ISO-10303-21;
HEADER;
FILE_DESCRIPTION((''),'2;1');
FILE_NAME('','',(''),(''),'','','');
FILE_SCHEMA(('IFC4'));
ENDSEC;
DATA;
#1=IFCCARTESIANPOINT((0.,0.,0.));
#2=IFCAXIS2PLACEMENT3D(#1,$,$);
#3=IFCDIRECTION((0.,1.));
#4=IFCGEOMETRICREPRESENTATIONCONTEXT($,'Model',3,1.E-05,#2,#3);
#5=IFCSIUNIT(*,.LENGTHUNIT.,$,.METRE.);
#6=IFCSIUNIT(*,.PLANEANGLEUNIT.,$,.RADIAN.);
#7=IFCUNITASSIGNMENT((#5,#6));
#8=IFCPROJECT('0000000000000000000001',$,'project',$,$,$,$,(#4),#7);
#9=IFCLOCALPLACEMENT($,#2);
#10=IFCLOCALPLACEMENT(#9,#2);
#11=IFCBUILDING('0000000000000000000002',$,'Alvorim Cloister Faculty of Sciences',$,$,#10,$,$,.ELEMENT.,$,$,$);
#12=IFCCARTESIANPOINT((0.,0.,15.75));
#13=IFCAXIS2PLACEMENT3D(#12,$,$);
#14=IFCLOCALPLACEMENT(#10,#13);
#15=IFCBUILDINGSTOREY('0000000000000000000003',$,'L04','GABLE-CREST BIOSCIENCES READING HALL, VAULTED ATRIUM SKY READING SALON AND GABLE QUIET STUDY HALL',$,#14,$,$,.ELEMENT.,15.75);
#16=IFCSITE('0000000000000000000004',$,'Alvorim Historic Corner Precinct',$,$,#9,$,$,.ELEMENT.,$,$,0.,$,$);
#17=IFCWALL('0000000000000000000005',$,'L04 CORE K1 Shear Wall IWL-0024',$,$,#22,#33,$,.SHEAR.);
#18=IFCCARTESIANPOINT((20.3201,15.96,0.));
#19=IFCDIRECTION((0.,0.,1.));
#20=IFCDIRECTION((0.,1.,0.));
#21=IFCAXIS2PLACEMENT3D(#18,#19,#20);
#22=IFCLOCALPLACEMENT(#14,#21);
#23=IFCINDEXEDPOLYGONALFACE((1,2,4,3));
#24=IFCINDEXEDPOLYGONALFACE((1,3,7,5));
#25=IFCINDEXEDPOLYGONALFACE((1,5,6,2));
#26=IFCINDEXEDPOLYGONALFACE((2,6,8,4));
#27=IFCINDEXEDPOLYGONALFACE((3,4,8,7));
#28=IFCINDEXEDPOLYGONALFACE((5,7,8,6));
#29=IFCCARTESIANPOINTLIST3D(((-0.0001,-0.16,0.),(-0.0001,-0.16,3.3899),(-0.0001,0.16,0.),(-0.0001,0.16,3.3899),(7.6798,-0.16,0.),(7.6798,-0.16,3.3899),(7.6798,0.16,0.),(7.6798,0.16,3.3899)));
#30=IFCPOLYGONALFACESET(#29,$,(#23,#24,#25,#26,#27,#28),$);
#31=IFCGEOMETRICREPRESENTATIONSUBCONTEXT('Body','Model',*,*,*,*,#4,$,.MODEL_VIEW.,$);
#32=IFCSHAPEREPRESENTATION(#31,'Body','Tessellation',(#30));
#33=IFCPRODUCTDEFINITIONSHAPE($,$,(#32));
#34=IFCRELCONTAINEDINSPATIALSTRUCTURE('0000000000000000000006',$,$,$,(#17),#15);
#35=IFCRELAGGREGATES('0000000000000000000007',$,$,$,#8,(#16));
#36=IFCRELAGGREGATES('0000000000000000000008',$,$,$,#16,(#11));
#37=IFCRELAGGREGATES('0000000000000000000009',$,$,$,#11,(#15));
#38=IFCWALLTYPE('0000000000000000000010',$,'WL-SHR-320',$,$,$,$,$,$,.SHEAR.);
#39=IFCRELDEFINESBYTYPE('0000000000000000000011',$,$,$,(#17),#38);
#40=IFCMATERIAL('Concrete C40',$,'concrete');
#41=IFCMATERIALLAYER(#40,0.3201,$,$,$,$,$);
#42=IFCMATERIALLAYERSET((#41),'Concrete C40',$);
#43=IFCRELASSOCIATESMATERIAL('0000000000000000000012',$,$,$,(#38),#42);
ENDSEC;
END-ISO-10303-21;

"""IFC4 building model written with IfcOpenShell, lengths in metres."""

from ifc_helpers import new_model, si_unit, direction, frame, frame_2d, origin, place, context, subcontext, project, spatial, rectangle, extrude, material, layer, layer_set, type_object, element, save


model = new_model("IFC4")

# Units and contexts
model_context = context("Model", 3, precision=1e-05, world=origin(), true_north=direction((0.0, 1.0)))
body_context = subcontext(model_context, "Body", "Model", "MODEL_VIEW")
ifc_project = project(units=[si_unit("LENGTHUNIT", "METRE"), si_unit("PLANEANGLEUNIT", "RADIAN")], contexts=[model_context])

# Site, building, storey
site_placement = place(None, origin())
site = spatial("IfcSite", under=ifc_project, at=site_placement, Name="Alvorim Historic Corner Precinct", CompositionType="ELEMENT", RefElevation=0.0)
building_placement = place(site_placement, origin())
building = spatial("IfcBuilding", under=site, at=building_placement, Name="Alvorim Cloister Faculty of Sciences", CompositionType="ELEMENT")
storey_placement = place(building_placement, frame((0.0, 0.0, 15.75)))
storey = spatial("IfcBuildingStorey", under=building, at=storey_placement, Name="L04", Description="GABLE-CREST BIOSCIENCES READING HALL, VAULTED ATRIUM SKY READING SALON AND GABLE QUIET STUDY HALL", CompositionType="ELEMENT", Elevation=15.75)

# Shared definitions
ifc_material_1 = material(Name="Concrete C40", Category="concrete")
ifc_layer_1 = layer(ifc_material_1, 0.3201)
ifc_layer_set_1 = layer_set([ifc_layer_1], Name="Concrete C40")
wall_type = type_object("IfcWallType", Name="WL-SHR-320", PredefinedType="SHEAR", material=ifc_layer_set_1)

# Wall
wall_1_placement = place(storey_placement, frame((20.3201, 15.96, 0.0), z_axis=(0.0, 0.0, 1.0), x_axis=(0.0, 1.0, 0.0)))
element("IfcWall", 1, at=wall_1_placement, inside=storey, type_object=wall_type, Name="L04 CORE K1 Shear Wall IWL-0024", PredefinedType="SHEAR", context=body_context, shape_type="SweptSolid", body=[
    extrude(rectangle(XDim=7.6799, YDim=0.3201, at=frame_2d((3.8398, 0.0))), origin(), (0.0, 0.0, 1.0), 3.3899),
])

save(model, "model.ifc")
